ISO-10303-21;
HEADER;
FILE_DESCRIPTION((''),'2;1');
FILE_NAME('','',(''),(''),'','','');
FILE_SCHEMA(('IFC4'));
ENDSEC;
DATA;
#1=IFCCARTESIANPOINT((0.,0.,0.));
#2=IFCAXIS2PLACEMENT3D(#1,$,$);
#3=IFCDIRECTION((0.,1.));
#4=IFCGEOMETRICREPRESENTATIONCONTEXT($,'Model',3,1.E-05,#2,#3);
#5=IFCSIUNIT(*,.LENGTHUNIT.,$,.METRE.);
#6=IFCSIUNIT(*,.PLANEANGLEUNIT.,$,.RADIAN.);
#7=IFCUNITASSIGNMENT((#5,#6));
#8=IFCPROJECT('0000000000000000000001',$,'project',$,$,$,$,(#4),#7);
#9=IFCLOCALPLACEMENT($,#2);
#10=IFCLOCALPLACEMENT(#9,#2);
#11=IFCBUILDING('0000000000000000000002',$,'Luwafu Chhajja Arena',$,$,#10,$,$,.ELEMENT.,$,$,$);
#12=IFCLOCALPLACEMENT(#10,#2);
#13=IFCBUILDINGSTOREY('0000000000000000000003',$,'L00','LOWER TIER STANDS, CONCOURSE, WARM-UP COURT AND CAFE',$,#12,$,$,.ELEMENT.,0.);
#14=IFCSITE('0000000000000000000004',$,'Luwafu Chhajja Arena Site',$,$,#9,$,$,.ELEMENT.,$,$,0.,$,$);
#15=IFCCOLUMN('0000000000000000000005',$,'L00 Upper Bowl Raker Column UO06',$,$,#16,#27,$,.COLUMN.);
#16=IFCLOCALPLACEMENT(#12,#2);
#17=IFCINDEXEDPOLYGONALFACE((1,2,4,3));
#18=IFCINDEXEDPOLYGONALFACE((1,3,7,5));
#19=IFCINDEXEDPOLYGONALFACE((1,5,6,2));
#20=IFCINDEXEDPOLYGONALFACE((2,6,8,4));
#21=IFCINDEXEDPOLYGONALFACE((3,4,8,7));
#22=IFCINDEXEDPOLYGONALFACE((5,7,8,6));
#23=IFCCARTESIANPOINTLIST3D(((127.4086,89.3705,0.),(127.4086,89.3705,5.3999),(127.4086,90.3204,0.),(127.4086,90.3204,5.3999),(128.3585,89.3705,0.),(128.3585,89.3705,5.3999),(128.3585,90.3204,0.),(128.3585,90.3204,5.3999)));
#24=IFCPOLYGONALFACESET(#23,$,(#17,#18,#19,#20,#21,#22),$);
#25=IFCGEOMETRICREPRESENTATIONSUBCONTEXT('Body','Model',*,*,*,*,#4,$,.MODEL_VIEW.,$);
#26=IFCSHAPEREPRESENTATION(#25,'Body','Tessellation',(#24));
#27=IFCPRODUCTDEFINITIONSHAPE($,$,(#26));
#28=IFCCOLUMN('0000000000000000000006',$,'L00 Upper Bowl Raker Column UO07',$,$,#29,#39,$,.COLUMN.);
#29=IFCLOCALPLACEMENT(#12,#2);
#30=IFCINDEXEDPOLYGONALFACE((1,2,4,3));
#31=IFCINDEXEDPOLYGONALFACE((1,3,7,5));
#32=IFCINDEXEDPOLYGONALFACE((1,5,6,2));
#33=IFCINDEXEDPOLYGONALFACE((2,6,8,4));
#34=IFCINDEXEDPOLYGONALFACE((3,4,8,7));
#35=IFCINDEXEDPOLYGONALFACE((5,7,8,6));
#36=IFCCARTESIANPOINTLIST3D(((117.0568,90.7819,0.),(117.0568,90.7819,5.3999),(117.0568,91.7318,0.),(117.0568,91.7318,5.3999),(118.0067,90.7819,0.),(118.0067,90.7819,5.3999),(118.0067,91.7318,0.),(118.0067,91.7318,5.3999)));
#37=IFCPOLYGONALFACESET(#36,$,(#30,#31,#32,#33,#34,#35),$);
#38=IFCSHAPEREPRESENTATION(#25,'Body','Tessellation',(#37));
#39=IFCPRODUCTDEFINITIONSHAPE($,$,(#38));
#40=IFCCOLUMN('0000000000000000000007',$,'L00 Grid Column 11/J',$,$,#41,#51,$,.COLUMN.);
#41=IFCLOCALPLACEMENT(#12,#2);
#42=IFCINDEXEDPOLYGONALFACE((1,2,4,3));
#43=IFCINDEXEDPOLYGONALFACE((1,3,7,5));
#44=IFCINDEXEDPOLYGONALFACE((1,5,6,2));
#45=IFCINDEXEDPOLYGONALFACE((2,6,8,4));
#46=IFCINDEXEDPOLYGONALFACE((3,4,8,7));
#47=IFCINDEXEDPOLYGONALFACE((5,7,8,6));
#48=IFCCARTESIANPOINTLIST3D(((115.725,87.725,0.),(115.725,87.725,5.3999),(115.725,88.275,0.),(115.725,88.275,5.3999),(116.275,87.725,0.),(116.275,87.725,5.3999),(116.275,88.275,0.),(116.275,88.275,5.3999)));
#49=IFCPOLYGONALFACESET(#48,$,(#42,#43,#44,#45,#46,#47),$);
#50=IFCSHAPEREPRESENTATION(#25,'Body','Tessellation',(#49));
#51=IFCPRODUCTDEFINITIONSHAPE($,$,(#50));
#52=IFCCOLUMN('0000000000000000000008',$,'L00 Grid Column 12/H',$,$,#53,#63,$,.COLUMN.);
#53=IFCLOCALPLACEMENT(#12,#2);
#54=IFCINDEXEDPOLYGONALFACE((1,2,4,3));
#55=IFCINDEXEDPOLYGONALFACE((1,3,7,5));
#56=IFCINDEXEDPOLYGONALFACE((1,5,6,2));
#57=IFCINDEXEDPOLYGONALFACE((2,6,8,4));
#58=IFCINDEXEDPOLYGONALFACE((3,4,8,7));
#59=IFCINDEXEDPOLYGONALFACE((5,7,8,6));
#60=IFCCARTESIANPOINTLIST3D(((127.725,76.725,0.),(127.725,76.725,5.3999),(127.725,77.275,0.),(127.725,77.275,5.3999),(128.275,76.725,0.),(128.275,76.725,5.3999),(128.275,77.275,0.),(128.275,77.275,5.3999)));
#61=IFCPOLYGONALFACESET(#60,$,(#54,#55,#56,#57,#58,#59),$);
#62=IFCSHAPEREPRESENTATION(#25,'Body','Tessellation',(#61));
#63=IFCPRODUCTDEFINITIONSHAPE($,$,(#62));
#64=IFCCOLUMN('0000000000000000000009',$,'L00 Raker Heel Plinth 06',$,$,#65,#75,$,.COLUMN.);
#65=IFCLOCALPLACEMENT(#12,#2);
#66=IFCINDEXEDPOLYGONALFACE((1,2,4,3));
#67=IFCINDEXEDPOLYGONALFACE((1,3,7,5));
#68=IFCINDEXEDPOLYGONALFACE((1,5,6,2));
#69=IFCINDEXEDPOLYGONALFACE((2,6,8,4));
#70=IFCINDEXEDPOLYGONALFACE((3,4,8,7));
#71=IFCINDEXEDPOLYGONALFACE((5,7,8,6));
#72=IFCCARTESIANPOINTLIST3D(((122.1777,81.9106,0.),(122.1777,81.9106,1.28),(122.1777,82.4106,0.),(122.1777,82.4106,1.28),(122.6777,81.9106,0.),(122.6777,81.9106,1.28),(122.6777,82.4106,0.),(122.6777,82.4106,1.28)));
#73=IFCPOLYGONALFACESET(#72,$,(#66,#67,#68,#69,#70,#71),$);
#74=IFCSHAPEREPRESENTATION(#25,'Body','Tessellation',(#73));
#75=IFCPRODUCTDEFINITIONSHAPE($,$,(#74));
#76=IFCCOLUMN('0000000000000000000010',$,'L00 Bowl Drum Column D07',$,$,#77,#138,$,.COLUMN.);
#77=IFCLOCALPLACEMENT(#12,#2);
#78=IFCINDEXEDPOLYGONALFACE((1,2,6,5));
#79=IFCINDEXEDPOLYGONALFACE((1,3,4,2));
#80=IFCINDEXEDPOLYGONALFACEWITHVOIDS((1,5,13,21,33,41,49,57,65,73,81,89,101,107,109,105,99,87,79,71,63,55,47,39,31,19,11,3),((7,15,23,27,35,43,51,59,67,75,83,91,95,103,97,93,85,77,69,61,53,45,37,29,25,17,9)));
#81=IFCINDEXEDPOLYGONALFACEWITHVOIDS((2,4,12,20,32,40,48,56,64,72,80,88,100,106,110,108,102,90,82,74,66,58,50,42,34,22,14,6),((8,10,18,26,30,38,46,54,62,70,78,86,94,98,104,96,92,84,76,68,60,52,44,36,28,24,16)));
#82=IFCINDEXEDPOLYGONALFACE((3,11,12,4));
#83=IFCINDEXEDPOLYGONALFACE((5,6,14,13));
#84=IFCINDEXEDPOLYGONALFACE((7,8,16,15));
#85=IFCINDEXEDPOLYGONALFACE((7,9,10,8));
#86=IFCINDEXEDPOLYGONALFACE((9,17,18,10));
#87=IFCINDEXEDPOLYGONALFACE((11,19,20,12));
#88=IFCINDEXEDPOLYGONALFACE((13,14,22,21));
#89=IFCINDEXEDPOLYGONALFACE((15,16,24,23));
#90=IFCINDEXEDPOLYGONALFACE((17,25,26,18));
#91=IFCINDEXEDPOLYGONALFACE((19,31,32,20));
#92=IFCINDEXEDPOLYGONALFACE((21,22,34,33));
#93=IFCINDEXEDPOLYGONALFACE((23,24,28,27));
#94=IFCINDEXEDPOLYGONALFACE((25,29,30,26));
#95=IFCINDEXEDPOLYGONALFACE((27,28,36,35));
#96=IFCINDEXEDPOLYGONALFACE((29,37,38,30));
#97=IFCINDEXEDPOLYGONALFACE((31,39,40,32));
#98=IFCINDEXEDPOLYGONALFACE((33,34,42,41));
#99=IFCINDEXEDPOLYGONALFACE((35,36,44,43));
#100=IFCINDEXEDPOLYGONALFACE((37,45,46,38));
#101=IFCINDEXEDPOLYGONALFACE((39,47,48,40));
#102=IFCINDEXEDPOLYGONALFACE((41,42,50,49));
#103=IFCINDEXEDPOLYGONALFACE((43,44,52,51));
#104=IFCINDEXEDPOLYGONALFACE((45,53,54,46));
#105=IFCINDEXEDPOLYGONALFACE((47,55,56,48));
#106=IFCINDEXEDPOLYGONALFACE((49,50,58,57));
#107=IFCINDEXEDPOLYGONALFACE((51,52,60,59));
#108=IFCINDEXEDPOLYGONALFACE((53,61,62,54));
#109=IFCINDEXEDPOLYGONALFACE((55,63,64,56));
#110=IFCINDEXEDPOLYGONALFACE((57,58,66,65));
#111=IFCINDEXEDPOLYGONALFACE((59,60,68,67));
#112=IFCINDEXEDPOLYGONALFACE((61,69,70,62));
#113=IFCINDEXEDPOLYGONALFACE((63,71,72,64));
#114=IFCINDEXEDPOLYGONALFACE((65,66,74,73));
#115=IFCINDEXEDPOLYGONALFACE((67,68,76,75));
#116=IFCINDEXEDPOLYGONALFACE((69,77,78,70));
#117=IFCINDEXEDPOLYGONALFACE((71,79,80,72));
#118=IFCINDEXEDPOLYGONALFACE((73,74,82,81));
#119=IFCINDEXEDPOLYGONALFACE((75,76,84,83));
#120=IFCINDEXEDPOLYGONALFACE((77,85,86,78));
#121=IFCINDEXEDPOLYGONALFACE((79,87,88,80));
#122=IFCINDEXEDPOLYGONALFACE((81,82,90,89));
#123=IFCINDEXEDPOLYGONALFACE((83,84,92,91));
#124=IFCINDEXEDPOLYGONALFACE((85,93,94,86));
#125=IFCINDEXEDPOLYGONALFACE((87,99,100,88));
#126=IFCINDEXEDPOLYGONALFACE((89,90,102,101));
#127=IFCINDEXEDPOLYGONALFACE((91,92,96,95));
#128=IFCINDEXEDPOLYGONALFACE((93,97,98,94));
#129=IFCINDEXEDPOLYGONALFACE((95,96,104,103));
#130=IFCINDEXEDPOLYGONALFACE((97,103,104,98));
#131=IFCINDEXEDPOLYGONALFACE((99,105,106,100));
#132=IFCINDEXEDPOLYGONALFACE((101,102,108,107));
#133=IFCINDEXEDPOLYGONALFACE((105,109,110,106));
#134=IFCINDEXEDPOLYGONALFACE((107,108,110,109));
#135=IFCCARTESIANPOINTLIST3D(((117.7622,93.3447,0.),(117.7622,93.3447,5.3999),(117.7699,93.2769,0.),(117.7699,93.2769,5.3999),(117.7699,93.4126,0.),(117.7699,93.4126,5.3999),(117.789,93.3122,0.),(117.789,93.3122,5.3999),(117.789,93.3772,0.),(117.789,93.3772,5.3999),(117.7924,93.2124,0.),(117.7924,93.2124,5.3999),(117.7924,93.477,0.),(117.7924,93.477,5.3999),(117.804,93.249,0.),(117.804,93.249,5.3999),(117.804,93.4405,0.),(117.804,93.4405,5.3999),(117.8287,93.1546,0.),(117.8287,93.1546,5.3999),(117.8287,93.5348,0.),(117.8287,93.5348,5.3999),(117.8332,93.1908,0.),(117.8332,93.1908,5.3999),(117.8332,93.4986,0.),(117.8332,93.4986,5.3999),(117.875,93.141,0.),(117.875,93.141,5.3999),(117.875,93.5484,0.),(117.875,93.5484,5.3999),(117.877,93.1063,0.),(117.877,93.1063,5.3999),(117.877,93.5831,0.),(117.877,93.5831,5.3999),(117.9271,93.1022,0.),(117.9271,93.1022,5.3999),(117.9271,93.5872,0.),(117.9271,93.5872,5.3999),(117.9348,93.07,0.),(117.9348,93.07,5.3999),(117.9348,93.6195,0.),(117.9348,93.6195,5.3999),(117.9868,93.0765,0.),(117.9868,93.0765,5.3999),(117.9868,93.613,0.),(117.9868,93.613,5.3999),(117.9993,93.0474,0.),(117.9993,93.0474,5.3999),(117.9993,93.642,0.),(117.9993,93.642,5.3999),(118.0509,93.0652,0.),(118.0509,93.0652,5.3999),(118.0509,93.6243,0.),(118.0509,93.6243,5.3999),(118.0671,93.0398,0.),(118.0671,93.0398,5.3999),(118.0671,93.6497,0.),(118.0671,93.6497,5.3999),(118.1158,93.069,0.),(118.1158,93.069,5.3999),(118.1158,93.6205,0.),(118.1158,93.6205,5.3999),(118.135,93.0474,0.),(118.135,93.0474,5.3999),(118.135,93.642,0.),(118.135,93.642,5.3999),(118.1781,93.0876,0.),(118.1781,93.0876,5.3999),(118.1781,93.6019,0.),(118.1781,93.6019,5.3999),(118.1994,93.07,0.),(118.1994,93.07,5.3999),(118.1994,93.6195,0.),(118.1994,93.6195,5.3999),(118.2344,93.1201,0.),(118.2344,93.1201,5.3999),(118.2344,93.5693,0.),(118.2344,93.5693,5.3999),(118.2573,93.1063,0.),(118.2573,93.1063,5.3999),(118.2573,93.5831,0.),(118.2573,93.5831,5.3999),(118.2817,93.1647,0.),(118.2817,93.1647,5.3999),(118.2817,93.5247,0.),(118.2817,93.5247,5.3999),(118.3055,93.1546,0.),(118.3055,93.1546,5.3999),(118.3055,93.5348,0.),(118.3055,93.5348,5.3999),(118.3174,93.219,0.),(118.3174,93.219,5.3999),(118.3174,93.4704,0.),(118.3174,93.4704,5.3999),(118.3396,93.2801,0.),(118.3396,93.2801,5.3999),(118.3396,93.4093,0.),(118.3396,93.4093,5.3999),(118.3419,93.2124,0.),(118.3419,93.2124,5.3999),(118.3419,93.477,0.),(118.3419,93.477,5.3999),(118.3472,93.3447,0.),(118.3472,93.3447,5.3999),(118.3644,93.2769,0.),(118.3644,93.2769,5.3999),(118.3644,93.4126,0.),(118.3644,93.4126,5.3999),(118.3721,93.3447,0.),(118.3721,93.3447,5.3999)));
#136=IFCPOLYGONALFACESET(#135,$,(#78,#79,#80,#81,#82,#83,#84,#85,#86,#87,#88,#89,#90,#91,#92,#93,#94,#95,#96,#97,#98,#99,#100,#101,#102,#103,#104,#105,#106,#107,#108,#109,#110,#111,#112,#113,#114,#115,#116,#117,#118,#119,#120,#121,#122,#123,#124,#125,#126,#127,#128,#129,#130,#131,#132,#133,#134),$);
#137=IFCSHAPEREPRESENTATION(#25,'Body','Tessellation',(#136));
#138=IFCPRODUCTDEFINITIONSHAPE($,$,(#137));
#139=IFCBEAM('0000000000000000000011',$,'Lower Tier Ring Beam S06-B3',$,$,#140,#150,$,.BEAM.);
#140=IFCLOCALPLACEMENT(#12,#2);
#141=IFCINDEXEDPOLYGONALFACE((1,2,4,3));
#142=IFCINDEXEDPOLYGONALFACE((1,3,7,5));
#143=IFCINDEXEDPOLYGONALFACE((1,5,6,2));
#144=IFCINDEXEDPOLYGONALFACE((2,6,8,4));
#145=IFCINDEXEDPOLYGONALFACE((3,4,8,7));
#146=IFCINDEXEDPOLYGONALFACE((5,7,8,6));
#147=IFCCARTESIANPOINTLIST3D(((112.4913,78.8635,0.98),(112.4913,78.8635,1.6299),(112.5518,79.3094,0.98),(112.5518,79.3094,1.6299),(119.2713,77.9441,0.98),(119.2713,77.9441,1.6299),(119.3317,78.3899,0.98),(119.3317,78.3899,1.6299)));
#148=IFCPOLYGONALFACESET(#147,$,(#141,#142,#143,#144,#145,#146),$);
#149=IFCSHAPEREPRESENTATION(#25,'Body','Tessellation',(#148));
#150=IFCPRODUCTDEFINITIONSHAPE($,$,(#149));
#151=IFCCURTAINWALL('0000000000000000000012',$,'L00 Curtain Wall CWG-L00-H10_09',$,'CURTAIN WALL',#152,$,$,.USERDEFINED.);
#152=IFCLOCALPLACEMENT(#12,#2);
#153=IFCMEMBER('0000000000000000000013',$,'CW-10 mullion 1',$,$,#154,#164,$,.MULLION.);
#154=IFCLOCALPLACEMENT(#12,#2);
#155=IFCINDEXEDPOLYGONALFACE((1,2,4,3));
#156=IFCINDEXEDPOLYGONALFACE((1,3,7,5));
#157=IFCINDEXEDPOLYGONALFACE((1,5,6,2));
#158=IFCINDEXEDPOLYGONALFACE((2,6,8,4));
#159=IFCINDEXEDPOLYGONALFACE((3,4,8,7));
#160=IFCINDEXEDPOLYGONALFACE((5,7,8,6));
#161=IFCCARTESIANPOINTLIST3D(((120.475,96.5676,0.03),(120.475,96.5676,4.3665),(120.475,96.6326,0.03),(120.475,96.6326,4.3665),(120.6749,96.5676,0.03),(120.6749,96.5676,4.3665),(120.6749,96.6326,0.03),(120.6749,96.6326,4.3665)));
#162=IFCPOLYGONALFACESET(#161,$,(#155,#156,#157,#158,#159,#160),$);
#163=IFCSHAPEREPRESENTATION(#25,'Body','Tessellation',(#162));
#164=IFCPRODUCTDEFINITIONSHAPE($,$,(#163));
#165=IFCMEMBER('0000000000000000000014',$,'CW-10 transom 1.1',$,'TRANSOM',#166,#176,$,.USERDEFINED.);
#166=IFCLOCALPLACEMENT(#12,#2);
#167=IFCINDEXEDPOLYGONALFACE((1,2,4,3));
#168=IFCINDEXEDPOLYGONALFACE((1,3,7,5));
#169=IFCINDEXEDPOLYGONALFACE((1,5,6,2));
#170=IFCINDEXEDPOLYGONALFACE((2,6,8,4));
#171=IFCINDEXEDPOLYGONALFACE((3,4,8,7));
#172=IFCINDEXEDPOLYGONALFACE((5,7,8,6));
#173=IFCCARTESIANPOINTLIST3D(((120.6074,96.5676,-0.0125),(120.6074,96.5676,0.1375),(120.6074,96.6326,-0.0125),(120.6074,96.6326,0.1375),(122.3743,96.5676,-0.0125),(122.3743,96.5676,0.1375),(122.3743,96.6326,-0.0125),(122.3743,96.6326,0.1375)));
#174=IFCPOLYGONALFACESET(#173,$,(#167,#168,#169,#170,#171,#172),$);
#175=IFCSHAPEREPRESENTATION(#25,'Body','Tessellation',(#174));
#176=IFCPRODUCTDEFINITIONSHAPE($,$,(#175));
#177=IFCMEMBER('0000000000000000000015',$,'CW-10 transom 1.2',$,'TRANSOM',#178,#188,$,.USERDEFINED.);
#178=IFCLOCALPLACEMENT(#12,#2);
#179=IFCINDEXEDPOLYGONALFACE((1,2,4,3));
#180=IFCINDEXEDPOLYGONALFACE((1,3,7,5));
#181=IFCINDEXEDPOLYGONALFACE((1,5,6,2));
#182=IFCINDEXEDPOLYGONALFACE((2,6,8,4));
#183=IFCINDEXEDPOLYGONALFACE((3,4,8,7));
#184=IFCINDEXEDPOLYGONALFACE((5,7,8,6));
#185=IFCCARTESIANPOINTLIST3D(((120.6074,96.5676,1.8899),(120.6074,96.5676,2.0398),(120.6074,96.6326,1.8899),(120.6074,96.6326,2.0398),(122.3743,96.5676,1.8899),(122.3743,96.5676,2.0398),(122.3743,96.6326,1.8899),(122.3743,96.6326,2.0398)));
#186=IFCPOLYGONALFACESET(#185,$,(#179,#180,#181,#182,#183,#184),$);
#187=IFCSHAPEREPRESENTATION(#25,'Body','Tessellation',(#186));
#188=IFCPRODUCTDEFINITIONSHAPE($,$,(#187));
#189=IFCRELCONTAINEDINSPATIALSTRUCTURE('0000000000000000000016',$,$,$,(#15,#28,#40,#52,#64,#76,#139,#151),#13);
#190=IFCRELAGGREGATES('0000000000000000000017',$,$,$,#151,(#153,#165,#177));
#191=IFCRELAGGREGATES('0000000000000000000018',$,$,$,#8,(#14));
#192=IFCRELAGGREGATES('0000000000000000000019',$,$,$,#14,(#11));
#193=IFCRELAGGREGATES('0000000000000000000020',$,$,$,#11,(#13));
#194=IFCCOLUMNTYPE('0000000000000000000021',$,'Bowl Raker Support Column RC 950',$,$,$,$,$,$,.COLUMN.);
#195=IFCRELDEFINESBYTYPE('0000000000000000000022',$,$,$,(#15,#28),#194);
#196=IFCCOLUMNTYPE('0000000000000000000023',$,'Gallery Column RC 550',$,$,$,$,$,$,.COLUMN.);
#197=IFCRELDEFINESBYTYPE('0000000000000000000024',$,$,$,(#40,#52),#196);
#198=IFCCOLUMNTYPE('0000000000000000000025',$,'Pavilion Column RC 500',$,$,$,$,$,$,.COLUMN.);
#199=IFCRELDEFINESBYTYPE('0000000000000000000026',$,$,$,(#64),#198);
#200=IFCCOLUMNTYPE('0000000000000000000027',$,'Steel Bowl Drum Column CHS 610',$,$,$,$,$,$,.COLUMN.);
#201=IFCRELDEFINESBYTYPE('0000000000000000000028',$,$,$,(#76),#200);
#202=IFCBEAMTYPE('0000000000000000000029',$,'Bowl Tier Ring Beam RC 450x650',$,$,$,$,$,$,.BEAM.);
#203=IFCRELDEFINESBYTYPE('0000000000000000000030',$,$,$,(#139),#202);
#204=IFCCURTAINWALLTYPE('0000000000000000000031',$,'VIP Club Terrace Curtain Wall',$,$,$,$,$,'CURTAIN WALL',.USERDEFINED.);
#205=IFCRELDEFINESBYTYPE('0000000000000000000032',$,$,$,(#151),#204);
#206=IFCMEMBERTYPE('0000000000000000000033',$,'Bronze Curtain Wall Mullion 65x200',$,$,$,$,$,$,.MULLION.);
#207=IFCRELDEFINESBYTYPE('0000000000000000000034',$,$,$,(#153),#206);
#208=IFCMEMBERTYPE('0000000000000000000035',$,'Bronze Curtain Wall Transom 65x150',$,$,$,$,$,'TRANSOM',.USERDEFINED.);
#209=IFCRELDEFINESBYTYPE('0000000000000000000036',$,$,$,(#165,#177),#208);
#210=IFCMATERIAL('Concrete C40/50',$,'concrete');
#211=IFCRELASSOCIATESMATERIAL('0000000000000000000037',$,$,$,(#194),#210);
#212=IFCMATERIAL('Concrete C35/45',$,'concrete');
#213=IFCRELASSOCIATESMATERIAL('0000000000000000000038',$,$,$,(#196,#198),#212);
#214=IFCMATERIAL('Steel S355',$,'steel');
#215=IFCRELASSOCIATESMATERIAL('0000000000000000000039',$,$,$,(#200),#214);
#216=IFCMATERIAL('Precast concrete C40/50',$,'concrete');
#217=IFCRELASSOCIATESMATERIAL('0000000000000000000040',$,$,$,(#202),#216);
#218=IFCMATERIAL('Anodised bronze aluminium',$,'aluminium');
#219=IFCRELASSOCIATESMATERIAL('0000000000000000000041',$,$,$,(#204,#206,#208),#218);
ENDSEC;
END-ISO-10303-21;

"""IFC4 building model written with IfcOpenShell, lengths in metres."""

from ifc_helpers import new_model, si_unit, direction, frame, origin, origin_2d, place, context, subcontext, project, spatial, rectangle, hollow_circle, extrude, material, material_profile, profile_set, type_object, element, aggregate, save


model = new_model("IFC4")

# Units and contexts
model_context = context("Model", 3, precision=1e-05, world=origin(), true_north=direction((0.0, 1.0)))
body_context = subcontext(model_context, "Body", "Model", "MODEL_VIEW")
ifc_project = project(units=[si_unit("LENGTHUNIT", "METRE"), si_unit("PLANEANGLEUNIT", "RADIAN")], contexts=[model_context])

# Site, building, storey
site_placement = place(None, origin())
site = spatial("IfcSite", under=ifc_project, at=site_placement, Name="Luwafu Chhajja Arena Site", CompositionType="ELEMENT", RefElevation=0.0)
building_placement = place(site_placement, origin())
building = spatial("IfcBuilding", under=site, at=building_placement, Name="Luwafu Chhajja Arena", CompositionType="ELEMENT")
storey_placement = place(building_placement, origin())
storey = spatial("IfcBuildingStorey", under=building, at=storey_placement, Name="L00", Description="LOWER TIER STANDS, CONCOURSE, WARM-UP COURT AND CAFE", CompositionType="ELEMENT", Elevation=0.0)

# Columns
ifc_material_1 = material(Name="Concrete C40/50", Category="concrete")
ifc_material_profile_1 = material_profile(ifc_material_1, rectangle(XDim=0.95, YDim=0.95, at=origin_2d()), Name="RC 950x950")
ifc_profile_set_1 = profile_set([ifc_material_profile_1], Name="Concrete C40/50")
column_type_1 = type_object("IfcColumnType", Name="Bowl Raker Support Column RC 950", PredefinedType="COLUMN", material=ifc_profile_set_1)
for number, where, z_axis, x_axis, name in (
    (1, (127.8835, 89.8455, 0.0), (0.0, 0.0, 1.0), (1.0, 0.0, 0.0), "L00 Upper Bowl Raker Column UO06"),
    (2, (117.5317, 91.2568, 0.0), (0.0, 0.0, 1.0), (1.0, 0.0, 0.0), "L00 Upper Bowl Raker Column UO07"),
):
    element("IfcColumn", number, at=place(storey_placement, frame(where, z_axis=z_axis, x_axis=x_axis)), inside=storey, type_object=column_type_1, Name=name, PredefinedType="COLUMN", context=body_context, shape_type="SweptSolid", body=[
        extrude(rectangle(XDim=0.95, YDim=0.95, at=origin_2d()), origin(), (0.0, 0.0, 1.0), 5.3999),
    ])
ifc_material_2 = material(Name="Concrete C35/45", Category="concrete")
ifc_material_profile_2 = material_profile(ifc_material_2, rectangle(XDim=0.55, YDim=0.55, at=origin_2d()), Name="RC 550x550")
ifc_profile_set_2 = profile_set([ifc_material_profile_2], Name="Concrete C35/45")
column_type_2 = type_object("IfcColumnType", Name="Gallery Column RC 550", PredefinedType="COLUMN", material=ifc_profile_set_2)
for number, where, z_axis, x_axis, name in (
    (3, (116.0, 88.0, 0.0), (0.0, 0.0, 1.0), (1.0, 0.0, 0.0), "L00 Grid Column 11/J"),
    (4, (128.0, 77.0, 0.0), (0.0, 0.0, 1.0), (1.0, 0.0, 0.0), "L00 Grid Column 12/H"),
):
    element("IfcColumn", number, at=place(storey_placement, frame(where, z_axis=z_axis, x_axis=x_axis)), inside=storey, type_object=column_type_2, Name=name, PredefinedType="COLUMN", context=body_context, shape_type="SweptSolid", body=[
        extrude(rectangle(XDim=0.55, YDim=0.55, at=origin_2d()), origin(), (0.0, 0.0, 1.0), 5.3999),
    ])
ifc_material_profile_3 = material_profile(ifc_material_2, rectangle(XDim=0.5, YDim=0.5, at=origin_2d()), Name="RC 500x500")
ifc_profile_set_3 = profile_set([ifc_material_profile_3], Name="Concrete C35/45")
column_type_3 = type_object("IfcColumnType", Name="Pavilion Column RC 500", PredefinedType="COLUMN", material=ifc_profile_set_3)
column_1_placement = place(storey_placement, frame((122.4277, 82.1606, 0.0), z_axis=(0.0, 0.0, 1.0), x_axis=(1.0, 0.0, 0.0)))
element("IfcColumn", 5, at=column_1_placement, inside=storey, type_object=column_type_3, Name="L00 Raker Heel Plinth 06", PredefinedType="COLUMN", context=body_context, shape_type="SweptSolid", body=[
    extrude(rectangle(XDim=0.5, YDim=0.5, at=origin_2d()), origin(), (0.0, 0.0, 1.0), 1.28),
])
ifc_material_3 = material(Name="Steel S355", Category="steel")
ifc_material_profile_4 = material_profile(ifc_material_3, hollow_circle(Radius=0.3049, WallThickness=0.0249, at=origin_2d()), Name="CHS 610x25")
ifc_profile_set_4 = profile_set([ifc_material_profile_4], Name="Steel S355")
column_type_4 = type_object("IfcColumnType", Name="Steel Bowl Drum Column CHS 610", PredefinedType="COLUMN", material=ifc_profile_set_4)
column_2_placement = place(storey_placement, frame((118.0671, 93.3447, 0.0), z_axis=(0.0, 0.0, 1.0), x_axis=(1.0, 0.0, 0.0)))
element("IfcColumn", 6, at=column_2_placement, inside=storey, type_object=column_type_4, Name="L00 Bowl Drum Column D07", PredefinedType="COLUMN", context=body_context, shape_type="SweptSolid", body=[
    extrude(hollow_circle(Radius=0.3049, WallThickness=0.0249, at=origin_2d()), origin(), (0.0, 0.0, 1.0), 5.3999),
])

# Beam
ifc_material_4 = material(Name="Precast concrete C40/50", Category="concrete")
ifc_material_profile_5 = material_profile(ifc_material_4, rectangle(XDim=0.45, YDim=0.6499, at=origin_2d()), Name="RC 450x650")
ifc_profile_set_5 = profile_set([ifc_material_profile_5], Name="Precast concrete C40/50")
beam_type_1 = type_object("IfcBeamType", Name="Bowl Tier Ring Beam RC 450x650", PredefinedType="BEAM", material=ifc_profile_set_5)
beam_1_placement = place(storey_placement, frame((119.3015, 78.167, 1.3049), z_axis=(-0.99093, 0.134379, 0.0), x_axis=(-0.134379, -0.99093, 0.0)))
element("IfcBeam", 7, at=beam_1_placement, inside=storey, type_object=beam_type_1, Name="Lower Tier Ring Beam S06-B3", PredefinedType="BEAM", context=body_context, shape_type="SweptSolid", body=[
    extrude(rectangle(XDim=0.45, YDim=0.6499, at=origin_2d()), origin(), (0.0, 0.0, 1.0), 6.842),
])

# Curtain wall, members
ifc_material_5 = material(Name="Anodised bronze aluminium", Category="aluminium")
curtain_wall_type = type_object("IfcCurtainWallType", Name="VIP Club Terrace Curtain Wall", ElementType="CURTAIN WALL", PredefinedType="USERDEFINED", material=ifc_material_5)
curtain_wall_placement = place(storey_placement, origin())
curtain_wall = element("IfcCurtainWall", 8, at=curtain_wall_placement, inside=storey, type_object=curtain_wall_type, Name="L00 Curtain Wall CWG-L00-H10_09", ObjectType="CURTAIN WALL", PredefinedType="USERDEFINED")
ifc_material_profile_6 = material_profile(ifc_material_5, rectangle(XDim=0.0649, YDim=0.2, at=origin_2d()), Name="CWM 65x200")
ifc_profile_set_6 = profile_set([ifc_material_profile_6], Name="Anodised bronze aluminium")
member_type_1 = type_object("IfcMemberType", Name="Bronze Curtain Wall Mullion 65x200", PredefinedType="MULLION", material=ifc_profile_set_6)
member_1_placement = place(storey_placement, frame((120.575, 96.6001, 0.03), z_axis=(0.0, 0.0, 1.0), x_axis=(0.0, 1.0, 0.0)))
member_1 = element("IfcMember", 9, at=member_1_placement, type_object=member_type_1, Name="CW-10 mullion 1", PredefinedType="MULLION", context=body_context, shape_type="SweptSolid", body=[
    extrude(rectangle(XDim=0.0649, YDim=0.2, at=origin_2d()), origin(), (0.0, 0.0, 1.0), 4.3364),
])
ifc_material_profile_7 = material_profile(ifc_material_5, rectangle(XDim=0.0649, YDim=0.1499, at=origin_2d()), Name="CWT 65x150")
ifc_profile_set_7 = profile_set([ifc_material_profile_7], Name="Anodised bronze aluminium")
member_type_2 = type_object("IfcMemberType", Name="Bronze Curtain Wall Transom 65x150", ElementType="TRANSOM", PredefinedType="USERDEFINED", material=ifc_profile_set_7)
member_2_placement = place(storey_placement, frame((120.6074, 96.6001, 0.0625), z_axis=(1.0, 0.0, 0.0), x_axis=(0.0, 1.0, 0.0)))
member_2 = element("IfcMember", 10, at=member_2_placement, type_object=member_type_2, Name="CW-10 transom 1.1", ObjectType="TRANSOM", PredefinedType="USERDEFINED", context=body_context, shape_type="SweptSolid", body=[
    extrude(rectangle(XDim=0.0649, YDim=0.1499, at=origin_2d()), origin(), (0.0, 0.0, 1.0), 1.7668),
])
member_3_placement = place(storey_placement, frame((120.6074, 96.6001, 1.9648), z_axis=(1.0, 0.0, 0.0), x_axis=(0.0, 1.0, 0.0)))
member_3 = element("IfcMember", 11, at=member_3_placement, type_object=member_type_2, Name="CW-10 transom 1.2", ObjectType="TRANSOM", PredefinedType="USERDEFINED", context=body_context, shape_type="SweptSolid", body=[
    extrude(rectangle(XDim=0.0649, YDim=0.1499, at=origin_2d()), origin(), (0.0, 0.0, 1.0), 1.7668),
])

aggregate(curtain_wall, [member_1, member_2, member_3])

save(model, "model.ifc")
